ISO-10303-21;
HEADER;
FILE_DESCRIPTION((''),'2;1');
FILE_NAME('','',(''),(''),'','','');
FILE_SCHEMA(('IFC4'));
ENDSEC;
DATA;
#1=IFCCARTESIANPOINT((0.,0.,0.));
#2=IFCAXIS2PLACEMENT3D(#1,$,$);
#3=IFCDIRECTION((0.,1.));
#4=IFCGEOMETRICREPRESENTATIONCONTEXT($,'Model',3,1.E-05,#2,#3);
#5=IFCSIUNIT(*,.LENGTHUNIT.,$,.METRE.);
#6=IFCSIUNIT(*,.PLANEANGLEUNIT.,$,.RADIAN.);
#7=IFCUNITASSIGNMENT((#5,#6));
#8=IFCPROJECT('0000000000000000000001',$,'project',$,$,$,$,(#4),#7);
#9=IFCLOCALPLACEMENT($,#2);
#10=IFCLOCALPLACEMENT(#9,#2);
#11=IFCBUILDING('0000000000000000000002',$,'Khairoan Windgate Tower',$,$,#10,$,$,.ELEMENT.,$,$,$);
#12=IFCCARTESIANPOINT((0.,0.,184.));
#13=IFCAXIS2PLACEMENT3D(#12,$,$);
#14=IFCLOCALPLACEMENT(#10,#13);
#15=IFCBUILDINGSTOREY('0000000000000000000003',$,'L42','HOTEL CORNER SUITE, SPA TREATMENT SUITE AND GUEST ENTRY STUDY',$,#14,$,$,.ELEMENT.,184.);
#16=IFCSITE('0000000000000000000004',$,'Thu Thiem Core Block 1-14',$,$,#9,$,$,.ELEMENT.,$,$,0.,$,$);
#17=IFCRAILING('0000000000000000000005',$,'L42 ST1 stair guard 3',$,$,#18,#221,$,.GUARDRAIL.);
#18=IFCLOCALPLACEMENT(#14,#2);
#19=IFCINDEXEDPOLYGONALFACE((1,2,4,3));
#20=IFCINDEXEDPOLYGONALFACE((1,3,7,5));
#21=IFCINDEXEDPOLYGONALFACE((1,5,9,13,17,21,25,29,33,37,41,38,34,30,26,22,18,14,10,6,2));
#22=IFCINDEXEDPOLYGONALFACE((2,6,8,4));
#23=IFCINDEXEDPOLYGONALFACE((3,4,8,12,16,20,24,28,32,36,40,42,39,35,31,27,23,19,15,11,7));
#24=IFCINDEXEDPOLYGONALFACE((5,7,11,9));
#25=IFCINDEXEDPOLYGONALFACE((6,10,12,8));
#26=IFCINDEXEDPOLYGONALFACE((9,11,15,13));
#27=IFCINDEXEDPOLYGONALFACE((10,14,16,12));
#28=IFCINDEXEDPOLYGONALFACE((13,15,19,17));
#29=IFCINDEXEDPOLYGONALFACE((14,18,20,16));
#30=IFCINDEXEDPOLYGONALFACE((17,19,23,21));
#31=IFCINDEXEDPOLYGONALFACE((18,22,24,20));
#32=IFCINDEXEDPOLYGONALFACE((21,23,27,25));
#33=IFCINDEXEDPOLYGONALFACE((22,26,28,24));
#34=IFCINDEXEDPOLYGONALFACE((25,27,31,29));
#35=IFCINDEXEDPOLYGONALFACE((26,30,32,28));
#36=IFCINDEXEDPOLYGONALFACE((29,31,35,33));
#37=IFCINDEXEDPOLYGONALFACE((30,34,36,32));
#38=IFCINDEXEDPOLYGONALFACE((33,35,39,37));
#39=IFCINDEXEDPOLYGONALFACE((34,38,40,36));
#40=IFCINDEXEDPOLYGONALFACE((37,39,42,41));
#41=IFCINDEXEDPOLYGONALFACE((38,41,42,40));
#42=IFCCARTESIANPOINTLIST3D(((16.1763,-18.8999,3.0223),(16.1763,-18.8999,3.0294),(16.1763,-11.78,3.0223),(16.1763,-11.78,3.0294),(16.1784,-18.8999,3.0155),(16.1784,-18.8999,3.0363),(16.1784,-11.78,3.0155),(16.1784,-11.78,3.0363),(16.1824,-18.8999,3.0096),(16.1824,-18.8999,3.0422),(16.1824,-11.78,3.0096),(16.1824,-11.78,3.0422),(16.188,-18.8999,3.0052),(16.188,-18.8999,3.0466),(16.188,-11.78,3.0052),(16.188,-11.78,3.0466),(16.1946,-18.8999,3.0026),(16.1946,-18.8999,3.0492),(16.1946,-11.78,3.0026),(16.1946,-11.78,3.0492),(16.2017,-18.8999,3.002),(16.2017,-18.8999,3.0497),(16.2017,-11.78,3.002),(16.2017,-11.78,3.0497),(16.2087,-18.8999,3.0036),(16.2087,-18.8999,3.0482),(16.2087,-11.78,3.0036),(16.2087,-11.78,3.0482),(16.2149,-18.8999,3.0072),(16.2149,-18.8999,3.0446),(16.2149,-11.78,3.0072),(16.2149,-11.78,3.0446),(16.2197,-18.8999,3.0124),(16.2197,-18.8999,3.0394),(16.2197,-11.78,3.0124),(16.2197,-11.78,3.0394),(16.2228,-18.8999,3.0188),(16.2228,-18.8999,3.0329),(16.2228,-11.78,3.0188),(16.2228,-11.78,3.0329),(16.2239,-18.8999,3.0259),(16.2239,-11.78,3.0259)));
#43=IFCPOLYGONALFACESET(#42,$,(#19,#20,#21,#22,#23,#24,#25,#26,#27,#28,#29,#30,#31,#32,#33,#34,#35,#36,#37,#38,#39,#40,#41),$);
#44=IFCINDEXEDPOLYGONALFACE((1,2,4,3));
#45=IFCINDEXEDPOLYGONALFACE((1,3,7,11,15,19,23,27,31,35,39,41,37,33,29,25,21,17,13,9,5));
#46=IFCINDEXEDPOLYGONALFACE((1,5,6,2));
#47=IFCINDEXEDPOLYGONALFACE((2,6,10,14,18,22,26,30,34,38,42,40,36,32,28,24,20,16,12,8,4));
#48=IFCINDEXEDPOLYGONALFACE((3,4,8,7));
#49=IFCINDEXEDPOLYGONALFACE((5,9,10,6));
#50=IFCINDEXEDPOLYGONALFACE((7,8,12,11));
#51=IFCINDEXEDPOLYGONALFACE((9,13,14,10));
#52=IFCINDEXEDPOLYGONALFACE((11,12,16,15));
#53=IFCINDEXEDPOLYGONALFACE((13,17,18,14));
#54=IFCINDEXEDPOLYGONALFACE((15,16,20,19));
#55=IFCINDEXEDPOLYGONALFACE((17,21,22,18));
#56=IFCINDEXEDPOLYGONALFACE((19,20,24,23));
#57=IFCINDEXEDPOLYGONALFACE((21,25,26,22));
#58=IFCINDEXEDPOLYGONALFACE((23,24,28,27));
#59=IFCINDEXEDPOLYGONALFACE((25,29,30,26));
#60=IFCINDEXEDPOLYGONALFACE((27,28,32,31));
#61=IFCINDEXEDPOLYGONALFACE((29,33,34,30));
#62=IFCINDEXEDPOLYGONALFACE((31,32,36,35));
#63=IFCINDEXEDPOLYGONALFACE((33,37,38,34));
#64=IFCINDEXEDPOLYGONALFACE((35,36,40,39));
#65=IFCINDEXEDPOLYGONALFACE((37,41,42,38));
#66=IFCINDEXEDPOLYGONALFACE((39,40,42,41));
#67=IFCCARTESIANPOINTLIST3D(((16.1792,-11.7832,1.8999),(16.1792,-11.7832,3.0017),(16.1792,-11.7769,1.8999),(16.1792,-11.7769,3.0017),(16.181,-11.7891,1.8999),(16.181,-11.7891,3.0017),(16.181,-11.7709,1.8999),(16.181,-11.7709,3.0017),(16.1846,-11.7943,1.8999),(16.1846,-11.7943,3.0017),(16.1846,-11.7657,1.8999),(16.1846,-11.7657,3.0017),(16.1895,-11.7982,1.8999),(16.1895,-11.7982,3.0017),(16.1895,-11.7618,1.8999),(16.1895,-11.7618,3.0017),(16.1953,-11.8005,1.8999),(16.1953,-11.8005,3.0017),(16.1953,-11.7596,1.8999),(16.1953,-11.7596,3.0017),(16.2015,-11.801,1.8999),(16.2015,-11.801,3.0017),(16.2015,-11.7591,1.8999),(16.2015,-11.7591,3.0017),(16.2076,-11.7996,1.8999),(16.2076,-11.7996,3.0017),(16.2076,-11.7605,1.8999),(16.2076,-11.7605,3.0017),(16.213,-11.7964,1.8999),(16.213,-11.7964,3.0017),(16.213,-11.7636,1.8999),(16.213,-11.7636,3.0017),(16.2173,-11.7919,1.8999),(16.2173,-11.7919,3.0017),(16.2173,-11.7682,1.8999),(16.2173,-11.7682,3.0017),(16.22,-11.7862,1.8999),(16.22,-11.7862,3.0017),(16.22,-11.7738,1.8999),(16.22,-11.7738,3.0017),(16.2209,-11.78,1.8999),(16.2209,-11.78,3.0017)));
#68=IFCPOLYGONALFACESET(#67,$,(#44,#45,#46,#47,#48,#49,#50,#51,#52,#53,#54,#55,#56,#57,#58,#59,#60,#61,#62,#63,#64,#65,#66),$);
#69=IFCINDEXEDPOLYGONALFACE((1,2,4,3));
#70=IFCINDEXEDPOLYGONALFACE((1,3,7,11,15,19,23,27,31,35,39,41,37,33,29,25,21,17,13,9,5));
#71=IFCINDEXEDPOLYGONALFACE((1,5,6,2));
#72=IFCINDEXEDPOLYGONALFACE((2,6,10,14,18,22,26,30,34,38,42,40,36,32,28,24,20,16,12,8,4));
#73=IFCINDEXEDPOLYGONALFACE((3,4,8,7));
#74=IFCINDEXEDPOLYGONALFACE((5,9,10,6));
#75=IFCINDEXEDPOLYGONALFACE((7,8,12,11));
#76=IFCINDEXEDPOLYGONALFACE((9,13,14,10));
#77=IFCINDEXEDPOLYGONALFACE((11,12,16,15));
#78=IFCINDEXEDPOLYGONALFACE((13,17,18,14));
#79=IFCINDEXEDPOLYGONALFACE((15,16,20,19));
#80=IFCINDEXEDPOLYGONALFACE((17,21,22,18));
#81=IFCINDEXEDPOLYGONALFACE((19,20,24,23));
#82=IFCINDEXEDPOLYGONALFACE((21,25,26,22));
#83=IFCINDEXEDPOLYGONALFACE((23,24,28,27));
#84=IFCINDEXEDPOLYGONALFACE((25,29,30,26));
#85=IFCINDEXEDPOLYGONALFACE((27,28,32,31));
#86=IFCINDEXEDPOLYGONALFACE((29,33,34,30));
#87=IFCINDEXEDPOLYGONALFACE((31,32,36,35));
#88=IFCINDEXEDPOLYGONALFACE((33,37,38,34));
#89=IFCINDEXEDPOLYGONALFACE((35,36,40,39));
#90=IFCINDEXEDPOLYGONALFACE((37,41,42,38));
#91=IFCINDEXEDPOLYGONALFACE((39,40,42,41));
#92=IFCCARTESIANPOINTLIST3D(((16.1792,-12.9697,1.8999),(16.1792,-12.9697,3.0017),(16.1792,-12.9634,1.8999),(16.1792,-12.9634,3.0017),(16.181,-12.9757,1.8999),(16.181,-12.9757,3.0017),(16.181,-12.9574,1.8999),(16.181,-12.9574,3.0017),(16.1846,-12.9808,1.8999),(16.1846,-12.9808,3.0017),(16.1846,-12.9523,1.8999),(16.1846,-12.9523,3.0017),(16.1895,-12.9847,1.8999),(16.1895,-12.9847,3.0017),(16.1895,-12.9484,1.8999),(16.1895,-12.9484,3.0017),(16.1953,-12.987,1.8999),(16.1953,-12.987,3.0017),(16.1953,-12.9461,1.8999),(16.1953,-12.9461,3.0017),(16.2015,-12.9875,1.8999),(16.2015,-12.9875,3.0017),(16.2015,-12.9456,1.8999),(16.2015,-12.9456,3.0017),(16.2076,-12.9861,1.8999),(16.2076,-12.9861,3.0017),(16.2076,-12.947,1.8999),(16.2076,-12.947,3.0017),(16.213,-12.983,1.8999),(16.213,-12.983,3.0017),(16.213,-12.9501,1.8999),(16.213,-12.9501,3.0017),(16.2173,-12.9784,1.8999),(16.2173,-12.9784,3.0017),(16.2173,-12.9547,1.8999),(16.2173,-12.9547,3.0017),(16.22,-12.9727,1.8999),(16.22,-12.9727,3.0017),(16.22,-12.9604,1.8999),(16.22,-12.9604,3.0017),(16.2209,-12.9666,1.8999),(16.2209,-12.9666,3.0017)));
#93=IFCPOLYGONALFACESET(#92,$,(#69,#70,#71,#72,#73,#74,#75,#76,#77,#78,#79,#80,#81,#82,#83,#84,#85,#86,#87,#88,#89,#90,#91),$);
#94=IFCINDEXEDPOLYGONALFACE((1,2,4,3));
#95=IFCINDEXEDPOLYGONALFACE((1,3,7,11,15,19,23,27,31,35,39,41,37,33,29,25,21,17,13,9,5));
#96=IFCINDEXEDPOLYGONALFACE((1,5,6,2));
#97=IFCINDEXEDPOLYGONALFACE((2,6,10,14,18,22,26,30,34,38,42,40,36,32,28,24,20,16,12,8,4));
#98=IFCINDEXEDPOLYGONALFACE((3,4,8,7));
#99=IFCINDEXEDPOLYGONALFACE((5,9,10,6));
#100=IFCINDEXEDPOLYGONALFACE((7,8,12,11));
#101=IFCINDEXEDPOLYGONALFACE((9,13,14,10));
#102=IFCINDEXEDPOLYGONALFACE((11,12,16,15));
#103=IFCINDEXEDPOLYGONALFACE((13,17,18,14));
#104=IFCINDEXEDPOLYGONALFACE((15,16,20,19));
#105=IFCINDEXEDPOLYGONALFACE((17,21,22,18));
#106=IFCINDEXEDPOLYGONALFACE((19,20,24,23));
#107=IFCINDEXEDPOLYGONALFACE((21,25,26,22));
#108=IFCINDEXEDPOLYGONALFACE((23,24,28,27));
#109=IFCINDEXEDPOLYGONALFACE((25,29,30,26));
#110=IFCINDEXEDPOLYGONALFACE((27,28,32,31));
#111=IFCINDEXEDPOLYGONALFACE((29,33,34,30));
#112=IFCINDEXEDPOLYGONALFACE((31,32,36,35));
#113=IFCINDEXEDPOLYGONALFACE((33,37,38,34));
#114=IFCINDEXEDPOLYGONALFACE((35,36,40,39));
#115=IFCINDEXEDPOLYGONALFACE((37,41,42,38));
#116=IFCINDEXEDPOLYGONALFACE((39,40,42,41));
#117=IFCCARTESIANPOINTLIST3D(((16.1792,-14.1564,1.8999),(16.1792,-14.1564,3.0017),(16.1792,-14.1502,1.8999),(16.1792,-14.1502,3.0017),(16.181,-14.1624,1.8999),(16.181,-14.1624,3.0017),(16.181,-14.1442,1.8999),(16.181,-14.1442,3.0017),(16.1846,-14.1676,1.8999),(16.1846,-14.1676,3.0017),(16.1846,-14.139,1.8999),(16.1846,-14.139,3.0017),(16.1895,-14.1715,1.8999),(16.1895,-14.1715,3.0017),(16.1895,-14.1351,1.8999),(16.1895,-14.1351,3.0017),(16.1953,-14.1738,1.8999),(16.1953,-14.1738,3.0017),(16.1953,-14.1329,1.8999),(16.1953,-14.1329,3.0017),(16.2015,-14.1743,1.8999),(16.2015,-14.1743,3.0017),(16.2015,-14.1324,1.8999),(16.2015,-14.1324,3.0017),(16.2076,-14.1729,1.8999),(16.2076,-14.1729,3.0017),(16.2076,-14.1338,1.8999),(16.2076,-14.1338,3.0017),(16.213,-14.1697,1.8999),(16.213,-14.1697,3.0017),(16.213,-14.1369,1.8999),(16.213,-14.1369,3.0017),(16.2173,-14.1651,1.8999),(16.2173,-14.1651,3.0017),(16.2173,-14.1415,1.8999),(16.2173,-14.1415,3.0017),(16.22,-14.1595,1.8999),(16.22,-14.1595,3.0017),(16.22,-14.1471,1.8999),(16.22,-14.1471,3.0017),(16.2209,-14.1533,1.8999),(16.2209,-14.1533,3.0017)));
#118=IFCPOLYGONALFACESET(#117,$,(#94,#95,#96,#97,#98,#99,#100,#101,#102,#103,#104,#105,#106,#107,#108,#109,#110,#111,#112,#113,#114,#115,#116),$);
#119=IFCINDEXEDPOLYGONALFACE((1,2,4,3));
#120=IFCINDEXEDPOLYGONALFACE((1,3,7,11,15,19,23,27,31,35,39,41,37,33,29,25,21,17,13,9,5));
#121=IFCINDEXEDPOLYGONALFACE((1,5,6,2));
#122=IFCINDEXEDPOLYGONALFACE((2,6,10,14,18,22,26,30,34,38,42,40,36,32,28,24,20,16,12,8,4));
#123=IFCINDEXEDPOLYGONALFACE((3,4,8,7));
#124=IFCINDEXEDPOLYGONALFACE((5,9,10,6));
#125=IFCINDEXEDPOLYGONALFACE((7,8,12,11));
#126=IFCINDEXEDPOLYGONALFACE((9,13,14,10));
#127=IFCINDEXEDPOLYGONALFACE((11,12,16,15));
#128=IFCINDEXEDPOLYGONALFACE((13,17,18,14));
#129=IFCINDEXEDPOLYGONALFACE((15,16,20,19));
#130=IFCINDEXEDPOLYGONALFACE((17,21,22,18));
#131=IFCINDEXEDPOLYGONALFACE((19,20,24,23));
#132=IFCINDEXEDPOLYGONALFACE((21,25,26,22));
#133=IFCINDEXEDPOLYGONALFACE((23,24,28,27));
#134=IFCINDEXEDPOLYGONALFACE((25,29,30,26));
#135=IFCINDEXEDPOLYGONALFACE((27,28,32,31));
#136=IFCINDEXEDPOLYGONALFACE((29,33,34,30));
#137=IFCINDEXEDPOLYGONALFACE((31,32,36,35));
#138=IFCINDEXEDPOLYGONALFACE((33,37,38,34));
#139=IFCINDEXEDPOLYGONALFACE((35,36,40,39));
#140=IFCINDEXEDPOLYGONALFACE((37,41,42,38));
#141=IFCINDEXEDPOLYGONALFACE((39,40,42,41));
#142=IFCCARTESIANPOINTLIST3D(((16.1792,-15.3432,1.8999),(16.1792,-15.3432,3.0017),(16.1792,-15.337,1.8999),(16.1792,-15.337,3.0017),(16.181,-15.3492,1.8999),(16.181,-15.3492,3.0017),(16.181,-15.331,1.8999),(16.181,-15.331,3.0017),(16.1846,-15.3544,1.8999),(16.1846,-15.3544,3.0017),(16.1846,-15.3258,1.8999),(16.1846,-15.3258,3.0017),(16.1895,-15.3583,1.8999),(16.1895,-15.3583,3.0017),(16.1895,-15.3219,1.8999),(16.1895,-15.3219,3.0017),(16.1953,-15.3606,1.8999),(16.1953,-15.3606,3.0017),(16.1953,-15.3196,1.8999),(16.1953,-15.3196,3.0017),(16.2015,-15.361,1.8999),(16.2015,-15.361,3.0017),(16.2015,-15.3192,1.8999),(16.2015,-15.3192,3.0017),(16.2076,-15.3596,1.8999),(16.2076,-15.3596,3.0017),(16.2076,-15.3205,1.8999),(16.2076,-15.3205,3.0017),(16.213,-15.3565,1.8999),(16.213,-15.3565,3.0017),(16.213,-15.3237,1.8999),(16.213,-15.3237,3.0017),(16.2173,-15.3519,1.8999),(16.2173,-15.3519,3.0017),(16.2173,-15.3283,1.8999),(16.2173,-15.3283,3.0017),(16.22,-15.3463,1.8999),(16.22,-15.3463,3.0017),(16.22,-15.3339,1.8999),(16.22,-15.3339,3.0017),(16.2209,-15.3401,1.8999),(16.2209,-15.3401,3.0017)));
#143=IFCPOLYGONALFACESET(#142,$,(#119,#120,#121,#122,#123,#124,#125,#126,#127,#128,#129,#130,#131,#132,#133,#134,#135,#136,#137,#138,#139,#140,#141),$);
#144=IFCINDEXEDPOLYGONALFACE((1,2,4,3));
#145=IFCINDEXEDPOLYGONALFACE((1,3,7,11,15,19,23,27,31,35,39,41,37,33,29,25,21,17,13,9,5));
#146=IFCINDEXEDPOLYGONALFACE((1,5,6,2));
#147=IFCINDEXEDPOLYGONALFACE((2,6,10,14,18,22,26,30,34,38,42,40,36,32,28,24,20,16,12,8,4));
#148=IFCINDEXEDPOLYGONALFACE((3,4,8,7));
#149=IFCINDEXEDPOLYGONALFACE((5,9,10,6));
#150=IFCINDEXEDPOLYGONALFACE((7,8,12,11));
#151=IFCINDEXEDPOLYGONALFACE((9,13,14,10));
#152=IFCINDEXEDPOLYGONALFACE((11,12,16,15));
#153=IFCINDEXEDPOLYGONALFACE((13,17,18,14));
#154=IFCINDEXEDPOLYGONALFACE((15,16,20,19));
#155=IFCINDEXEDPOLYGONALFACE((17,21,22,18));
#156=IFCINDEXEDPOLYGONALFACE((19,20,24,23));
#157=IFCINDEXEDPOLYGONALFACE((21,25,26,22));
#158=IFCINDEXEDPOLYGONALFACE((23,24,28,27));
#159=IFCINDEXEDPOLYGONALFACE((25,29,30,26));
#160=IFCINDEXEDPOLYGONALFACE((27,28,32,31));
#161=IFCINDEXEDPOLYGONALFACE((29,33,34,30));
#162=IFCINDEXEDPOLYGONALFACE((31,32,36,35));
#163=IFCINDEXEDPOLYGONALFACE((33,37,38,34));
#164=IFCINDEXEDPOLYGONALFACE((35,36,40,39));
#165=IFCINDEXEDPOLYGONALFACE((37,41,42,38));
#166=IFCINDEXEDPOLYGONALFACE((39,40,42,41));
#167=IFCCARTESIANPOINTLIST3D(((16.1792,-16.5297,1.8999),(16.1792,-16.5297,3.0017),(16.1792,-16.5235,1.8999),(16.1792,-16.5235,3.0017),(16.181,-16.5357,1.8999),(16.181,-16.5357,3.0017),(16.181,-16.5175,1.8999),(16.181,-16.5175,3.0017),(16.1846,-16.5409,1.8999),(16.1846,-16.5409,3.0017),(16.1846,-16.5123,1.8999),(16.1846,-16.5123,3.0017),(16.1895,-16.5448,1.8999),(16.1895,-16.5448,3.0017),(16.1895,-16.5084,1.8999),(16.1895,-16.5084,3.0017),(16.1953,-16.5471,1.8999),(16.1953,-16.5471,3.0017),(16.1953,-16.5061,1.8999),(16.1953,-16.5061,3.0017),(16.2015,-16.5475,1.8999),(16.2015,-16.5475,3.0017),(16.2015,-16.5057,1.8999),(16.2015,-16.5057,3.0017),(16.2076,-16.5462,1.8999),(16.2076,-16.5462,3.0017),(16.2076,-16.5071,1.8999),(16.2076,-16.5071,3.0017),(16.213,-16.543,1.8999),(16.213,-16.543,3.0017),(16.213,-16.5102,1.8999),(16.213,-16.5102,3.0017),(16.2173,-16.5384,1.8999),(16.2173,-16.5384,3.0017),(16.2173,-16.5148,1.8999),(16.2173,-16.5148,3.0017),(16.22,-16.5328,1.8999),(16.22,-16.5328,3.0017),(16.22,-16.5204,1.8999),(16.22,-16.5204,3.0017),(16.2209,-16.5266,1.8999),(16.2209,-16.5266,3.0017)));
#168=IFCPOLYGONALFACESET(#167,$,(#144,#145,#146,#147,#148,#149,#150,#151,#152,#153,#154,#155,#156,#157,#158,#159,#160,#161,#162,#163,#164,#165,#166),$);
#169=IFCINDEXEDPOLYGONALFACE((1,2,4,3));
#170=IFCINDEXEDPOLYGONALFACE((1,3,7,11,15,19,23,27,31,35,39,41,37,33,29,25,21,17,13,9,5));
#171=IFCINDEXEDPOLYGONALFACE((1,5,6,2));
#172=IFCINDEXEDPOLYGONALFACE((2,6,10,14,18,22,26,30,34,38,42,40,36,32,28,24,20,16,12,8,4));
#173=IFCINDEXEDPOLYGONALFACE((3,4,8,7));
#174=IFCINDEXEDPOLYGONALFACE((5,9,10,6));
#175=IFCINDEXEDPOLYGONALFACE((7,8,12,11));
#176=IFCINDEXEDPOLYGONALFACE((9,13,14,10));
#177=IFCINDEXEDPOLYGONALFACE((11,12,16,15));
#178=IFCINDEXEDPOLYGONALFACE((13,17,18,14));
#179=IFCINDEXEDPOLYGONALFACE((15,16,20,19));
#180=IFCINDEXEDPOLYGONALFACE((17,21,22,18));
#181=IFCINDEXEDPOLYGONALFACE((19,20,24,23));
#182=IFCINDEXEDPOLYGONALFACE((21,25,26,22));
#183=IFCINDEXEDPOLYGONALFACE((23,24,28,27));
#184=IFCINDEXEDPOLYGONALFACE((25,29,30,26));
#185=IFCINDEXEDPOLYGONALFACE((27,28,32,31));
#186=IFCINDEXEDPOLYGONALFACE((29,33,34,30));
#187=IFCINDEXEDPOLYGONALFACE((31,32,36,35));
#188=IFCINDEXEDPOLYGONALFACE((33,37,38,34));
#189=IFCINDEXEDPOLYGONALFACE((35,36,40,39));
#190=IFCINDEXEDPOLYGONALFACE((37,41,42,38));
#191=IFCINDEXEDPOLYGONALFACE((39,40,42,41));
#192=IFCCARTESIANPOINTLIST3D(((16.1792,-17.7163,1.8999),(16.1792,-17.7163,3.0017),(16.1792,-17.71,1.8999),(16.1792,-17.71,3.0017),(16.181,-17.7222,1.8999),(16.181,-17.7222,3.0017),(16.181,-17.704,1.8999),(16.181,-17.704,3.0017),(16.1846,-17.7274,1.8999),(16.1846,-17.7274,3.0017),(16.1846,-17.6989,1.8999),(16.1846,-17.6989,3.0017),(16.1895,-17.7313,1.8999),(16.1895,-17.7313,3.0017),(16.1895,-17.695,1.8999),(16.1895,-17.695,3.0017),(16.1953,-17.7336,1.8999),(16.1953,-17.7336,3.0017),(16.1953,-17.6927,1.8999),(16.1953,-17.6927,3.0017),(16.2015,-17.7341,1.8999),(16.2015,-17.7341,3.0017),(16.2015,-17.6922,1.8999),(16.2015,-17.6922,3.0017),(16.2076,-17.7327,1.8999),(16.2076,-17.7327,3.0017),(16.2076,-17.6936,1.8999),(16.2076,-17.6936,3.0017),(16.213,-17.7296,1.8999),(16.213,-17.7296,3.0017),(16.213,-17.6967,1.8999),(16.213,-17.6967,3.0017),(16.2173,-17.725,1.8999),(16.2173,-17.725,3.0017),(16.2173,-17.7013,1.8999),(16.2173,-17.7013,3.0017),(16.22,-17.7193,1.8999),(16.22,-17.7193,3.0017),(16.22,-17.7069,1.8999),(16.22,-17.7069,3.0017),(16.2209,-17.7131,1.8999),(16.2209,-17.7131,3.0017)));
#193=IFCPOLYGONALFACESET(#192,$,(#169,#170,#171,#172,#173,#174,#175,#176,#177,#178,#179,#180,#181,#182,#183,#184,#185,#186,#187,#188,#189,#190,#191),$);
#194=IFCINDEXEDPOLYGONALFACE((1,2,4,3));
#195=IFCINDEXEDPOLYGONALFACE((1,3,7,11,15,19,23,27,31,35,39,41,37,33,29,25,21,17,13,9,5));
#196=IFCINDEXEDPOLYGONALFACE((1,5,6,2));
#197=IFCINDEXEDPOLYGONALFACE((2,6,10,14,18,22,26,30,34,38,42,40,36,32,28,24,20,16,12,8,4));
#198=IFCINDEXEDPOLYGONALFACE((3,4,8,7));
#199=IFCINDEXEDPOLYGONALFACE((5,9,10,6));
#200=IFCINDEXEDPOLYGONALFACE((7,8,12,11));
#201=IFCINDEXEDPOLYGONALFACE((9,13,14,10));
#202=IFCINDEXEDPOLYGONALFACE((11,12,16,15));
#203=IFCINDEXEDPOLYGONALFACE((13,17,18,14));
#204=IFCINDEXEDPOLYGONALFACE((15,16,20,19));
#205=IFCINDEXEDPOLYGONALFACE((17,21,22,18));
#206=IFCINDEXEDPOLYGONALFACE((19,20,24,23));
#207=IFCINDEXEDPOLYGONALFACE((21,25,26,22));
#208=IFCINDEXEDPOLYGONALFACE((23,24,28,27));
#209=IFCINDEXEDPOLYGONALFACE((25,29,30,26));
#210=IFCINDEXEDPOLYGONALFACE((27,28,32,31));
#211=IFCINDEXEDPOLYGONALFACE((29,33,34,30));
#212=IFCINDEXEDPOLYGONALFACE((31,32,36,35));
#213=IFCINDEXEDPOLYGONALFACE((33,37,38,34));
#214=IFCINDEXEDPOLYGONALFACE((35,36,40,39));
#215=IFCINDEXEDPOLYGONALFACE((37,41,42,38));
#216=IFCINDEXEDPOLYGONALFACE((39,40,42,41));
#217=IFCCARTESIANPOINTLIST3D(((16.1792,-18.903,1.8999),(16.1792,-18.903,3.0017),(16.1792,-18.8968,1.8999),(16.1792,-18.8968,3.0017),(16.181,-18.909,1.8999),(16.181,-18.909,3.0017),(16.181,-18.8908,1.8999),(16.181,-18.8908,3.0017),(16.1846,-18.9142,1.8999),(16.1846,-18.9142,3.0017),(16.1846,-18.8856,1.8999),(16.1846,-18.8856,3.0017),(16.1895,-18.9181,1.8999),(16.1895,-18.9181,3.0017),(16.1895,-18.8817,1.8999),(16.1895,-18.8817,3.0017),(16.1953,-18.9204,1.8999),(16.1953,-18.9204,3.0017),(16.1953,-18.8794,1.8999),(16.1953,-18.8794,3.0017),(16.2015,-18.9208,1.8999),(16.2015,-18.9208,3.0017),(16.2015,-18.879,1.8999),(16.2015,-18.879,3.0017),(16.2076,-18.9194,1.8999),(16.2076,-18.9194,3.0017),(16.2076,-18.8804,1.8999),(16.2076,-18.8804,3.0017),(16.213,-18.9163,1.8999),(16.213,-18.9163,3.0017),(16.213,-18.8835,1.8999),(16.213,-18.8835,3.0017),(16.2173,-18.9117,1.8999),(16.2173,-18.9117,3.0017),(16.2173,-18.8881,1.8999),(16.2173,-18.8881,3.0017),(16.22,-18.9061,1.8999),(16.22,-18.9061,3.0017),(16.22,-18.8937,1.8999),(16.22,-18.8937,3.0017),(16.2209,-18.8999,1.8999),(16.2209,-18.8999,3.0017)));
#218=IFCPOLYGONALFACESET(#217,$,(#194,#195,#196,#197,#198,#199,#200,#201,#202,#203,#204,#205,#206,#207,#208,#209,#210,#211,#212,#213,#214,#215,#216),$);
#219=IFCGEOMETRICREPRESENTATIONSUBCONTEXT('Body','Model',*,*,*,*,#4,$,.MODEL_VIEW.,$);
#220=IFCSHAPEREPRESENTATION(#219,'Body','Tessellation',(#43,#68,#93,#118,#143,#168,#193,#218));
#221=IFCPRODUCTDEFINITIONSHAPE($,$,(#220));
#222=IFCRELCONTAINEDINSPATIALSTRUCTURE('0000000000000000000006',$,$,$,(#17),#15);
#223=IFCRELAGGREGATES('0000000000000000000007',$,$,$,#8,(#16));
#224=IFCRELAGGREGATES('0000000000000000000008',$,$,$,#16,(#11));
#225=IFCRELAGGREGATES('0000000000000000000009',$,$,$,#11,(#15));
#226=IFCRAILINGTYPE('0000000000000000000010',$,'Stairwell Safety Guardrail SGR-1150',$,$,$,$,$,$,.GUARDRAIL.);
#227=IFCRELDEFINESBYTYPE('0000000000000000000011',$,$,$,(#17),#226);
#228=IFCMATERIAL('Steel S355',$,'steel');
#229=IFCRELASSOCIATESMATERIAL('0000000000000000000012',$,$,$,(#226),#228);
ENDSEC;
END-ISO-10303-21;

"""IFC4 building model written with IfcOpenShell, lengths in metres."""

from ifc_helpers import new_model, si_unit, direction, frame, origin, origin_2d, place, context, subcontext, project, spatial, circle, extrude, material, type_object, element, save


model = new_model("IFC4")

# Units and contexts
model_context = context("Model", 3, precision=1e-05, world=origin(), true_north=direction((0.0, 1.0)))
body_context = subcontext(model_context, "Body", "Model", "MODEL_VIEW")
ifc_project = project(units=[si_unit("LENGTHUNIT", "METRE"), si_unit("PLANEANGLEUNIT", "RADIAN")], contexts=[model_context])

# Site, building, storey
site_placement = place(None, origin())
site = spatial("IfcSite", under=ifc_project, at=site_placement, Name="Thu Thiem Core Block 1-14", CompositionType="ELEMENT", RefElevation=0.0)
building_placement = place(site_placement, origin())
building = spatial("IfcBuilding", under=site, at=building_placement, Name="Khairoan Windgate Tower", CompositionType="ELEMENT")
storey_placement = place(building_placement, frame((0.0, 0.0, 184.0)))
storey = spatial("IfcBuildingStorey", under=building, at=storey_placement, Name="L42", Description="HOTEL CORNER SUITE, SPA TREATMENT SUITE AND GUEST ENTRY STUDY", CompositionType="ELEMENT", Elevation=184.0)

# Railing
ifc_material_1 = material(Name="Steel S355", Category="steel")
railing_type = type_object("IfcRailingType", Name="Stairwell Safety Guardrail SGR-1150", PredefinedType="GUARDRAIL", material=ifc_material_1)
railing_1_placement = place(storey_placement, frame((16.2, -11.78, 1.8999)))
element("IfcRailing", 1, at=railing_1_placement, inside=storey, type_object=railing_type, Name="L42 ST1 stair guard 3", PredefinedType="GUARDRAIL", context=body_context, shape_type="SweptSolid", body=[
    extrude(circle(Radius=0.0239, at=origin_2d()), frame((0.0, 0.0, 1.126), z_axis=(0.0, -1.0, 0.0), x_axis=(1.0, 0.0, 0.0)), (0.0, 0.0, 1.0), 7.1199),
    extrude(circle(Radius=0.021, at=origin_2d()), origin(), (0.0, 0.0, 1.0), 1.1018),
    extrude(circle(Radius=0.021, at=origin_2d()), frame((0.0, -1.1865, 0.0)), (0.0, 0.0, 1.0), 1.1018),
    extrude(circle(Radius=0.021, at=origin_2d()), frame((0.0, -2.3733, 0.0)), (0.0, 0.0, 1.0), 1.1018),
    extrude(circle(Radius=0.021, at=origin_2d()), frame((0.0, -3.5601, 0.0)), (0.0, 0.0, 1.0), 1.1018),
    extrude(circle(Radius=0.021, at=origin_2d()), frame((0.0, -4.7466, 0.0)), (0.0, 0.0, 1.0), 1.1018),
    extrude(circle(Radius=0.021, at=origin_2d()), frame((0.0, -5.9331, 0.0)), (0.0, 0.0, 1.0), 1.1018),
    extrude(circle(Radius=0.021, at=origin_2d()), frame((0.0, -7.1199, 0.0)), (0.0, 0.0, 1.0), 1.1018),
])

save(model, "model.ifc")
